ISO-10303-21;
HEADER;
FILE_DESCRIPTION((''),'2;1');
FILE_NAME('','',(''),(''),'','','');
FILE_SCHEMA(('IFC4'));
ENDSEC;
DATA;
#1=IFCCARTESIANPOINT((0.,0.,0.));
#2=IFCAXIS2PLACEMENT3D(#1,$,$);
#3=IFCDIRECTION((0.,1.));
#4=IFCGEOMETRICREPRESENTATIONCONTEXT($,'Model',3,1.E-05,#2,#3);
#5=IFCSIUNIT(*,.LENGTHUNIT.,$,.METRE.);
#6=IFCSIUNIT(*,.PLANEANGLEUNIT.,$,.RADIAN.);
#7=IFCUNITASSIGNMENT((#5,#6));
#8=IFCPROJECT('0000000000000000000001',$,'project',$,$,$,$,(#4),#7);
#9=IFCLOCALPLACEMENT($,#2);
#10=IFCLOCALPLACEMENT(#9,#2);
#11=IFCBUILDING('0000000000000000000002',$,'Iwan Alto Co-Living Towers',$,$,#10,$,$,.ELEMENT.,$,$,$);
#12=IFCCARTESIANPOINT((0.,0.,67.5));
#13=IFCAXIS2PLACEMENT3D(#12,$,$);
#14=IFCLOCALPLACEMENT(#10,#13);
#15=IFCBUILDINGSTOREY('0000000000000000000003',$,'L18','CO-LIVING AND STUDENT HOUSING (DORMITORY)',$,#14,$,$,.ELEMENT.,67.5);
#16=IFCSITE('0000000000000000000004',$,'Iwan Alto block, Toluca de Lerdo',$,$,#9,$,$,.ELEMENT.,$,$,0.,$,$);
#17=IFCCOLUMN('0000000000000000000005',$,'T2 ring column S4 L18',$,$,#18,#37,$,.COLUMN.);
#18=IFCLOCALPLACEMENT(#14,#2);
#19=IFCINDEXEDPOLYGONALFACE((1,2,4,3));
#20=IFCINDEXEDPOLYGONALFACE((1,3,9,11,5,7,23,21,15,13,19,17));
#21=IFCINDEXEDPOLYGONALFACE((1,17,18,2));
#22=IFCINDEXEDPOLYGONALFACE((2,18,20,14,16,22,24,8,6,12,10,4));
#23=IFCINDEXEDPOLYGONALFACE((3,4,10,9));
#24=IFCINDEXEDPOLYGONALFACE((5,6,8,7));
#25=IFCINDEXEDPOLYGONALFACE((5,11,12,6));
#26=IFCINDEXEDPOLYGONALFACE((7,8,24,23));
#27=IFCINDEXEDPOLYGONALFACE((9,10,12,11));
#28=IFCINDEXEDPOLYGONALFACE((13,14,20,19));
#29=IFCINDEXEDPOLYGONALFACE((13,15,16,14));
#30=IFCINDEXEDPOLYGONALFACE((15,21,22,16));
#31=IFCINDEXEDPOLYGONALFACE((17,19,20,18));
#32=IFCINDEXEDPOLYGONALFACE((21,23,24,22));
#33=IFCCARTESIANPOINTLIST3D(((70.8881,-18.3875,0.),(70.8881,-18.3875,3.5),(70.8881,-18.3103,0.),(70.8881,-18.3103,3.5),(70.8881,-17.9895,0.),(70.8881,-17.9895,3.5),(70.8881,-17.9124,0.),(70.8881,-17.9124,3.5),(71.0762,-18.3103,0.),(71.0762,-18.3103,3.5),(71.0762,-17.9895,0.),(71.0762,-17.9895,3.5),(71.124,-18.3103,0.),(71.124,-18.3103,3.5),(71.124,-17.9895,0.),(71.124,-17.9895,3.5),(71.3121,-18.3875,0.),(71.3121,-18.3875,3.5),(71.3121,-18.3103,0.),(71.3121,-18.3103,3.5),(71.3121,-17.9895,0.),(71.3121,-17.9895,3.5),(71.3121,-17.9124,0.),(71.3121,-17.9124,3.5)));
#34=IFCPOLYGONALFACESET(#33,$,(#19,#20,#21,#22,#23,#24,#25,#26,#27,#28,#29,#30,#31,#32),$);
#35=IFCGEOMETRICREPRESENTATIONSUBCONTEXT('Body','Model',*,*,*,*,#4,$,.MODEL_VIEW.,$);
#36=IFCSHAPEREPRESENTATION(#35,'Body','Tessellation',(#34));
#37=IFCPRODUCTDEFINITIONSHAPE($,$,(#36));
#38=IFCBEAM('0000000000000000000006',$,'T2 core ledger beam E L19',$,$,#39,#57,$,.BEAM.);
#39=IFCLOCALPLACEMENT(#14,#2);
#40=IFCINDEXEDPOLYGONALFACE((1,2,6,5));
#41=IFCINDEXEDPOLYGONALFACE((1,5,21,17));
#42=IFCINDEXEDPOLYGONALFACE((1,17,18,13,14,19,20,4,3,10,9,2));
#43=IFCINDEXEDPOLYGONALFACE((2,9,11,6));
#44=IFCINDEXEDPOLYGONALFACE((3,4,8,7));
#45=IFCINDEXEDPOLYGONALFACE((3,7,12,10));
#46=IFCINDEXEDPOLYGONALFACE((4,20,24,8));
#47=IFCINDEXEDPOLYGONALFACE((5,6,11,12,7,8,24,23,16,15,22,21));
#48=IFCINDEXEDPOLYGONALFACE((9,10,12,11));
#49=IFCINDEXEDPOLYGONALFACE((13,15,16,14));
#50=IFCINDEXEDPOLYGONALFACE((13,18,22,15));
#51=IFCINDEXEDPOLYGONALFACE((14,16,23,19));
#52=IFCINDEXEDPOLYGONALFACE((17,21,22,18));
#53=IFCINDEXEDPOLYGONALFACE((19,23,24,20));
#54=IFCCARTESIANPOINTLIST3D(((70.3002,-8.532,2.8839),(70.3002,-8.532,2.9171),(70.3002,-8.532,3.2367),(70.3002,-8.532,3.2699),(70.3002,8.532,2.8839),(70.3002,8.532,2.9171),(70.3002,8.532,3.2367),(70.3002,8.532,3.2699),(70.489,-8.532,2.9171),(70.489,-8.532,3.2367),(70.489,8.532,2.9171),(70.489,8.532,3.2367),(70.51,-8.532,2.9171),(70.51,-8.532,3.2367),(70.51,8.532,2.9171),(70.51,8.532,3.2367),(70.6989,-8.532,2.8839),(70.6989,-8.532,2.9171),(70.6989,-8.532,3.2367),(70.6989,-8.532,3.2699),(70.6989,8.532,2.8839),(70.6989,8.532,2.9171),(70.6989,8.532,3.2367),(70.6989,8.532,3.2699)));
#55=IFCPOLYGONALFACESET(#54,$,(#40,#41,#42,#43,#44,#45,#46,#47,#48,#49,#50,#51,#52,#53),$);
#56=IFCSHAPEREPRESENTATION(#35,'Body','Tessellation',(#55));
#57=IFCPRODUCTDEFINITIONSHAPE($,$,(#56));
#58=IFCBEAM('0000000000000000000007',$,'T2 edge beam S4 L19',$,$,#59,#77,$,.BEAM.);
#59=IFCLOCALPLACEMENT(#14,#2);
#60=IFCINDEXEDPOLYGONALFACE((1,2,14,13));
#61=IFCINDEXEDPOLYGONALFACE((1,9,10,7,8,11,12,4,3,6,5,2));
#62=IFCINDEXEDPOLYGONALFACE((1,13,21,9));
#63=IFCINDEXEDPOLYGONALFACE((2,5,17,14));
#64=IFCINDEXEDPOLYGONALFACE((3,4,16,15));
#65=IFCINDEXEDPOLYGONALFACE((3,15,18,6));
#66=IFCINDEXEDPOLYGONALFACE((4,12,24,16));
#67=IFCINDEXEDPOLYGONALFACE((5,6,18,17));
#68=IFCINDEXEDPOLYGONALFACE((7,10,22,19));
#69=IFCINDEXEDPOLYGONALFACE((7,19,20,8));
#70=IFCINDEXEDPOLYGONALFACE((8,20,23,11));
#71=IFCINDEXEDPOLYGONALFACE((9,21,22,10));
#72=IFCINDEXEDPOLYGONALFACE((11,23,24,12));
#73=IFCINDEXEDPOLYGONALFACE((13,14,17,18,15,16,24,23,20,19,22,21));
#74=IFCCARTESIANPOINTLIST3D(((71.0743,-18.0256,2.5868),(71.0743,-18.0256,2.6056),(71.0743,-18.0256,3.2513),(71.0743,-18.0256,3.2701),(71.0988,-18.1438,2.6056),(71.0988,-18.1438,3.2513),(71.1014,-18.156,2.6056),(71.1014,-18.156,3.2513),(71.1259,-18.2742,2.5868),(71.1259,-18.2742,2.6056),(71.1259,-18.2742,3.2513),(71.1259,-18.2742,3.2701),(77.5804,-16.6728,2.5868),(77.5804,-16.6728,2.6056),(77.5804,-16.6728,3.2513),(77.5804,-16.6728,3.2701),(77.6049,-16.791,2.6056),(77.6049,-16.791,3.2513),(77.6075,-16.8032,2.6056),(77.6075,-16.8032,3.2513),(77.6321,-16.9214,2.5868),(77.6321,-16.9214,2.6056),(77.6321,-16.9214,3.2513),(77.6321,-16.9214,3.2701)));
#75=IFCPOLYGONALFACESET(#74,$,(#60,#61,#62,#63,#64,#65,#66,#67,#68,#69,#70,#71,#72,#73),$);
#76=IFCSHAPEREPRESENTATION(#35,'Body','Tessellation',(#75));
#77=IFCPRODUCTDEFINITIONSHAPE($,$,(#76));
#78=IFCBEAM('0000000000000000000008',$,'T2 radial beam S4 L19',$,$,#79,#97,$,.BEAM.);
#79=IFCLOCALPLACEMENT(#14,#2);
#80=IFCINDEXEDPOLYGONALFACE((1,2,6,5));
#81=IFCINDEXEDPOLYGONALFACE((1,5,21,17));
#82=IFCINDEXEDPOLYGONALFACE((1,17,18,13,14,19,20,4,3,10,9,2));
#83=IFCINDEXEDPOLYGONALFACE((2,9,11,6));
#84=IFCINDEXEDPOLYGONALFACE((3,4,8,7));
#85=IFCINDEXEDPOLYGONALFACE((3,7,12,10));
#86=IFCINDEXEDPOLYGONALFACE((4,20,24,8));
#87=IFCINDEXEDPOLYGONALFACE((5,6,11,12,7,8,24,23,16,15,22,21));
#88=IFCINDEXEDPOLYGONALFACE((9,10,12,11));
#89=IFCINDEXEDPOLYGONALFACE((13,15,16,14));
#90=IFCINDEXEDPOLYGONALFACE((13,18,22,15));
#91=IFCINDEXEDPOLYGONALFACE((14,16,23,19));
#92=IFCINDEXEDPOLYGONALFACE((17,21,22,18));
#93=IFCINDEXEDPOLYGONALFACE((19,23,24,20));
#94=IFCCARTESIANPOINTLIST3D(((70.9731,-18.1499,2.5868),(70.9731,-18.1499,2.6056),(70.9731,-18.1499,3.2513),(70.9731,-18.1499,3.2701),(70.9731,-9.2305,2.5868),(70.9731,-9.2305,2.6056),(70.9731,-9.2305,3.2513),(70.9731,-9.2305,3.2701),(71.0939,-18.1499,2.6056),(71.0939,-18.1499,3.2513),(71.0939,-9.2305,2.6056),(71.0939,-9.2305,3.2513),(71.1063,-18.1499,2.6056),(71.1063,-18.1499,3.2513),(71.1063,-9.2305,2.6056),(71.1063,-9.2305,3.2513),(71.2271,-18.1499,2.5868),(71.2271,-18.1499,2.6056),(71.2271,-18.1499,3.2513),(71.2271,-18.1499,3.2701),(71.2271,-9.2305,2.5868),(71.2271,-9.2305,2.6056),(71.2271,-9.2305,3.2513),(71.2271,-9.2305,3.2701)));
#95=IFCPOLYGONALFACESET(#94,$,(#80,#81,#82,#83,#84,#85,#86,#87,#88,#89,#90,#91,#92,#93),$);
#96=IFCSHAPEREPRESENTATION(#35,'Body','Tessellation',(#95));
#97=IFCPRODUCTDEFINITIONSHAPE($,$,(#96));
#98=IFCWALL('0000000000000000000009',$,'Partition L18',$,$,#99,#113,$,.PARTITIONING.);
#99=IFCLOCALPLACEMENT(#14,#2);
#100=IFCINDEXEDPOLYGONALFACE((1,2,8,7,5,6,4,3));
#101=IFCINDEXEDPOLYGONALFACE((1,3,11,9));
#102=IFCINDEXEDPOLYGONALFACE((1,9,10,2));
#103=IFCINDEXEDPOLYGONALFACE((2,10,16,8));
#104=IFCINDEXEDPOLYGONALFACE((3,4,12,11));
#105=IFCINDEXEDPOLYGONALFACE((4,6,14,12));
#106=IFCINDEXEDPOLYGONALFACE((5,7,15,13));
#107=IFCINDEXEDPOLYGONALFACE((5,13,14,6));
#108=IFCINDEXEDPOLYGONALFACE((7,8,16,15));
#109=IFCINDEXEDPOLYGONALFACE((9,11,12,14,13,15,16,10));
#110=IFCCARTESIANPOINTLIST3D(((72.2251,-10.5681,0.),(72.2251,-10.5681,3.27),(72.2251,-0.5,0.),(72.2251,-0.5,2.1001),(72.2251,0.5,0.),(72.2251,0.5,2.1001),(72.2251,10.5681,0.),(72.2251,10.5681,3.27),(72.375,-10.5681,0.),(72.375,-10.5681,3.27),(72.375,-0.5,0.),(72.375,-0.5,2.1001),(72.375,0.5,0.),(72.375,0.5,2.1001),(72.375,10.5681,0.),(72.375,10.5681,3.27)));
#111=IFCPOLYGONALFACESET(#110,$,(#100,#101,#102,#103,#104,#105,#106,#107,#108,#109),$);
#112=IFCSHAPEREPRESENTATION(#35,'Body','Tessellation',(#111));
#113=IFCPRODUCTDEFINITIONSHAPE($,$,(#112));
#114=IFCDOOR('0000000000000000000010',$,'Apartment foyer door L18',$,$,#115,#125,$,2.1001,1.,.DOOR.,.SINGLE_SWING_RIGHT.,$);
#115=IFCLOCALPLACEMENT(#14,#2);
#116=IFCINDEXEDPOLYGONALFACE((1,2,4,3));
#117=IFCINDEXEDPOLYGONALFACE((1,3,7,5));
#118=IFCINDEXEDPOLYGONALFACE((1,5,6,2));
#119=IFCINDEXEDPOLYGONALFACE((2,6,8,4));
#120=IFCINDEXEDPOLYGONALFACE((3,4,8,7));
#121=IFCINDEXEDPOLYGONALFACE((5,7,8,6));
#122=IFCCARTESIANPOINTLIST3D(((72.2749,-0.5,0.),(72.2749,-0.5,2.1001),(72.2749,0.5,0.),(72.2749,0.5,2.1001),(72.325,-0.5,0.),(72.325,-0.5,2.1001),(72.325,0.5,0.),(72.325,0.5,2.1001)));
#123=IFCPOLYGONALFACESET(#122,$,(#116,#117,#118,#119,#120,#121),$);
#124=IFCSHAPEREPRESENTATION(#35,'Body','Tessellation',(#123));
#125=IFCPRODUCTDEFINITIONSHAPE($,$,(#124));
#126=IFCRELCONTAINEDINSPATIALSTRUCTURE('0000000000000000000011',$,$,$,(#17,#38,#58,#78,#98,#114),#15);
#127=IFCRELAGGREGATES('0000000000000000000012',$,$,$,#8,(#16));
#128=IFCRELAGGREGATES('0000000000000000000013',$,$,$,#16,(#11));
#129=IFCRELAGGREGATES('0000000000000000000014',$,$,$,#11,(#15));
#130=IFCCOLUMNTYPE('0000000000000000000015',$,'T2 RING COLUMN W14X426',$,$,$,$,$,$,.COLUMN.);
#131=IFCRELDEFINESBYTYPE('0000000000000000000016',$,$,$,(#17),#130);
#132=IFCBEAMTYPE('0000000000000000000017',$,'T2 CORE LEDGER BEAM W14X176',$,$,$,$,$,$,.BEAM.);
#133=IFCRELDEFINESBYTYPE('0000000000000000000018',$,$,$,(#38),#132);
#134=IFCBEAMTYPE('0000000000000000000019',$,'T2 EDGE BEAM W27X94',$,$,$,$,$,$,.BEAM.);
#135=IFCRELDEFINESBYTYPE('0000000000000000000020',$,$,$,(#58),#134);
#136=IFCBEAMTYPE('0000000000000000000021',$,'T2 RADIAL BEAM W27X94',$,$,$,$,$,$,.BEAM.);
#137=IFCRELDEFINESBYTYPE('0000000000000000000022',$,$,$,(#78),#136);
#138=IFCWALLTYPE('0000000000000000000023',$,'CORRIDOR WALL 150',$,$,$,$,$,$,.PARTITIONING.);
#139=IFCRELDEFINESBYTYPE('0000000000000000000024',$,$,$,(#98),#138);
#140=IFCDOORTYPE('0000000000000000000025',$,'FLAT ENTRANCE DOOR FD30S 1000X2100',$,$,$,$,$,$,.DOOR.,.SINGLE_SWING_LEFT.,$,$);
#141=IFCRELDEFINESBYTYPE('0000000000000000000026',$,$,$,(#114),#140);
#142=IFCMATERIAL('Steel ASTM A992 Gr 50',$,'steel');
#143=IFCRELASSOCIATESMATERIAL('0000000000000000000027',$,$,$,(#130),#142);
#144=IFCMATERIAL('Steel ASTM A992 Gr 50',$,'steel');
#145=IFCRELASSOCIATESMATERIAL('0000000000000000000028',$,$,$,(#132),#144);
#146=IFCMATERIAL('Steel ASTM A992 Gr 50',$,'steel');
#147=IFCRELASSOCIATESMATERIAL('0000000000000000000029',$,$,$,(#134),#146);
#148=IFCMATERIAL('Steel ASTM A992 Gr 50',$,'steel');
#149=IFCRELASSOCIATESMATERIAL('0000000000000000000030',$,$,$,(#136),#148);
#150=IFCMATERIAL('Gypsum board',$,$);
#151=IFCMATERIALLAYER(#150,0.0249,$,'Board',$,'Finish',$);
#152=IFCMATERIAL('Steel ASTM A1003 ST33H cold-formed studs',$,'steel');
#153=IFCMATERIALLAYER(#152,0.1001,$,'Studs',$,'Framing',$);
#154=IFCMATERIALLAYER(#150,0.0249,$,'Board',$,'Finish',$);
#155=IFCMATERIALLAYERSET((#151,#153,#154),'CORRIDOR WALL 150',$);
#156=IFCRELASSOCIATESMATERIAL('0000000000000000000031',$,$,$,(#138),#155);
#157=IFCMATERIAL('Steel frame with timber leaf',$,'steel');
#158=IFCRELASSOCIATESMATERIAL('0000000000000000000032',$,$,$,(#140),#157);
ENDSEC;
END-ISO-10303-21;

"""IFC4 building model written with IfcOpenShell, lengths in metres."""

from ifc_helpers import new_model, si_unit, direction, frame, frame_2d, origin, origin_2d, place, context, subcontext, project, spatial, rectangle, i_section, extrude, material, layer, layer_set, material_profile, profile_set, type_object, element, fill, save


model = new_model("IFC4")

# Units and contexts
model_context = context("Model", 3, precision=1e-05, world=origin(), true_north=direction((0.0, 1.0)))
body_context = subcontext(model_context, "Body", "Model", "MODEL_VIEW")
ifc_project = project(units=[si_unit("LENGTHUNIT", "METRE"), si_unit("PLANEANGLEUNIT", "RADIAN")], contexts=[model_context])

# Site, building, storey
site_placement = place(None, origin())
site = spatial("IfcSite", under=ifc_project, at=site_placement, Name="Iwan Alto block, Toluca de Lerdo", CompositionType="ELEMENT", RefElevation=0.0)
building_placement = place(site_placement, origin())
building = spatial("IfcBuilding", under=site, at=building_placement, Name="Iwan Alto Co-Living Towers", CompositionType="ELEMENT")
storey_placement = place(building_placement, frame((0.0, 0.0, 67.5)))
storey = spatial("IfcBuildingStorey", under=building, at=storey_placement, Name="L18", Description="CO-LIVING AND STUDENT HOUSING (DORMITORY)", CompositionType="ELEMENT", Elevation=67.5)

# Column
ifc_material_1 = material(Name="Steel ASTM A992 Gr 50", Category="steel")
ifc_material_profile_1 = material_profile(ifc_material_1, i_section(OverallWidth=0.4241, OverallDepth=0.4751, WebThickness=0.0479, FlangeThickness=0.0771, at=origin_2d()), Name="W14X426")
ifc_profile_set_1 = profile_set([ifc_material_profile_1], Name="Steel ASTM A992 Gr 50")
column_type = type_object("IfcColumnType", Name="T2 RING COLUMN W14X426", PredefinedType="COLUMN", material=ifc_profile_set_1)
column_placement = place(storey_placement, frame((71.1001, -18.1499, 0.0), z_axis=(0.0, 0.0, 1.0), x_axis=(1.0, 0.0, 0.0)))
element("IfcColumn", 1, at=column_placement, inside=storey, type_object=column_type, Name="T2 ring column S4 L18", PredefinedType="COLUMN", context=body_context, shape_type="SweptSolid", body=[
    extrude(i_section(OverallWidth=0.4241, OverallDepth=0.4751, WebThickness=0.0479, FlangeThickness=0.0771, at=origin_2d()), origin(), (0.0, 0.0, 1.0), 3.5),
])

# Beams
ifc_material_2 = material(Name="Steel ASTM A992 Gr 50", Category="steel")
ifc_material_profile_2 = material_profile(ifc_material_2, i_section(OverallWidth=0.3987, OverallDepth=0.386, WebThickness=0.021, FlangeThickness=0.0332, at=origin_2d()), Name="W14X176")
ifc_profile_set_2 = profile_set([ifc_material_profile_2], Name="Steel ASTM A992 Gr 50")
beam_type_1 = type_object("IfcBeamType", Name="T2 CORE LEDGER BEAM W14X176", PredefinedType="BEAM", material=ifc_profile_set_2)
beam_1_placement = place(storey_placement, frame((70.4995, -8.532, 3.0769), z_axis=(0.0, 1.0, 0.0), x_axis=(-1.0, 0.0, 0.0)))
element("IfcBeam", 2, at=beam_1_placement, inside=storey, type_object=beam_type_1, Name="T2 core ledger beam E L19", PredefinedType="BEAM", context=body_context, shape_type="SweptSolid", body=[
    extrude(i_section(OverallWidth=0.3987, OverallDepth=0.386, WebThickness=0.021, FlangeThickness=0.0332, at=origin_2d()), origin(), (0.0, 0.0, 1.0), 17.064),
])
ifc_material_3 = material(Name="Steel ASTM A992 Gr 50", Category="steel")
ifc_material_profile_3 = material_profile(ifc_material_3, i_section(OverallWidth=0.2539, OverallDepth=0.6833, WebThickness=0.0125, FlangeThickness=0.0188, at=origin_2d()), Name="W27X94")
ifc_profile_set_3 = profile_set([ifc_material_profile_3], Name="Steel ASTM A992 Gr 50")
beam_type_2 = type_object("IfcBeamType", Name="T2 EDGE BEAM W27X94", PredefinedType="BEAM", material=ifc_profile_set_3)
beam_2_placement = place(storey_placement, frame((71.1001, -18.1499, 2.9285), z_axis=(0.97906, 0.203571, 0.0), x_axis=(-0.203571, 0.97906, 0.0)))
element("IfcBeam", 3, at=beam_2_placement, inside=storey, type_object=beam_type_2, Name="T2 edge beam S4 L19", PredefinedType="BEAM", context=body_context, shape_type="SweptSolid", body=[
    extrude(i_section(OverallWidth=0.2539, OverallDepth=0.6833, WebThickness=0.0125, FlangeThickness=0.0188, at=origin_2d()), origin(), (0.0, 0.0, 1.0), 6.6453),
])
ifc_material_4 = material(Name="Steel ASTM A992 Gr 50", Category="steel")
ifc_material_profile_4 = material_profile(ifc_material_4, i_section(OverallWidth=0.2539, OverallDepth=0.6833, WebThickness=0.0125, FlangeThickness=0.0188, at=origin_2d()), Name="W27X94")
ifc_profile_set_4 = profile_set([ifc_material_profile_4], Name="Steel ASTM A992 Gr 50")
beam_type_3 = type_object("IfcBeamType", Name="T2 RADIAL BEAM W27X94", PredefinedType="BEAM", material=ifc_profile_set_4)
beam_3_placement = place(storey_placement, frame((71.1001, -18.1499, 2.9285), z_axis=(0.0, 1.0, 0.0), x_axis=(-1.0, 0.0, 0.0)))
element("IfcBeam", 4, at=beam_3_placement, inside=storey, type_object=beam_type_3, Name="T2 radial beam S4 L19", PredefinedType="BEAM", context=body_context, shape_type="SweptSolid", body=[
    extrude(i_section(OverallWidth=0.2539, OverallDepth=0.6833, WebThickness=0.0125, FlangeThickness=0.0188, at=origin_2d()), origin(), (0.0, 0.0, 1.0), 8.9194),
])

# Wall, opening, door
ifc_material_5 = material(Name="Gypsum board")
ifc_layer_1 = layer(ifc_material_5, 0.0249, Name="Board", Category="Finish")
ifc_material_6 = material(Name="Steel ASTM A1003 ST33H cold-formed studs", Category="steel")
ifc_layer_2 = layer(ifc_material_6, 0.1001, Name="Studs", Category="Framing")
ifc_layer_3 = layer(ifc_material_5, 0.0249, Name="Board", Category="Finish")
ifc_layer_set_1 = layer_set([ifc_layer_1, ifc_layer_2, ifc_layer_3], Name="CORRIDOR WALL 150")
wall_type_1 = type_object("IfcWallType", Name="CORRIDOR WALL 150", PredefinedType="PARTITIONING", material=ifc_layer_set_1)
wall_1_placement = place(storey_placement, frame((72.3, -10.5681, 0.0), z_axis=(0.0, 0.0, 1.0), x_axis=(0.0, 1.0, 0.0)))
wall_1 = element("IfcWall", 5, at=wall_1_placement, inside=storey, type_object=wall_type_1, Name="Partition L18", PredefinedType="PARTITIONING", context=body_context, shape_type="SweptSolid", body=[
    extrude(rectangle(XDim=21.1362, YDim=0.1499, at=frame_2d((10.5681, 0.0))), origin(), (0.0, 0.0, 1.0), 3.27),
])
opening_1_placement = place(wall_1_placement, frame((10.0681, 0.0, 0.0)))
opening_1 = element("IfcOpeningElement", 6, at=opening_1_placement, cuts=wall_1, PredefinedType="OPENING", context=body_context, shape_type="SweptSolid", body=[
    extrude(rectangle(XDim=1.0, YDim=2.1001, at=frame_2d((0.5, 1.05))), frame((0.0, 0.085, 0.0), z_axis=(0.0, -1.0, 0.0), x_axis=(1.0, 0.0, 0.0)), (0.0, 0.0, 1.0), 0.1699),
])
ifc_material_7 = material(Name="Steel frame with timber leaf", Category="steel")
door_type_1 = type_object("IfcDoorType", Name="FLAT ENTRANCE DOOR FD30S 1000X2100", OperationType="SINGLE_SWING_LEFT", PredefinedType="DOOR", material=ifc_material_7)
door_1_placement = place(opening_1_placement, frame((1.0, 0.0, 0.0), z_axis=(0.0, 0.0, 1.0), x_axis=(-1.0, 0.0, 0.0)))
door_1 = element("IfcDoor", 7, at=door_1_placement, inside=storey, type_object=door_type_1, Name="Apartment foyer door L18", OperationType="SINGLE_SWING_RIGHT", OverallHeight=2.1001, OverallWidth=1.0, PredefinedType="DOOR", context=body_context, shape_type="SweptSolid", body=[
    extrude(rectangle(XDim=1.0, YDim=2.1001, at=frame_2d((0.5, 1.05))), frame((0.0, 0.0249, 0.0), z_axis=(0.0, -1.0, 0.0), x_axis=(1.0, 0.0, 0.0)), (0.0, 0.0, 1.0), 0.05),
])
fill(opening_1, door_1)

save(model, "model.ifc")
